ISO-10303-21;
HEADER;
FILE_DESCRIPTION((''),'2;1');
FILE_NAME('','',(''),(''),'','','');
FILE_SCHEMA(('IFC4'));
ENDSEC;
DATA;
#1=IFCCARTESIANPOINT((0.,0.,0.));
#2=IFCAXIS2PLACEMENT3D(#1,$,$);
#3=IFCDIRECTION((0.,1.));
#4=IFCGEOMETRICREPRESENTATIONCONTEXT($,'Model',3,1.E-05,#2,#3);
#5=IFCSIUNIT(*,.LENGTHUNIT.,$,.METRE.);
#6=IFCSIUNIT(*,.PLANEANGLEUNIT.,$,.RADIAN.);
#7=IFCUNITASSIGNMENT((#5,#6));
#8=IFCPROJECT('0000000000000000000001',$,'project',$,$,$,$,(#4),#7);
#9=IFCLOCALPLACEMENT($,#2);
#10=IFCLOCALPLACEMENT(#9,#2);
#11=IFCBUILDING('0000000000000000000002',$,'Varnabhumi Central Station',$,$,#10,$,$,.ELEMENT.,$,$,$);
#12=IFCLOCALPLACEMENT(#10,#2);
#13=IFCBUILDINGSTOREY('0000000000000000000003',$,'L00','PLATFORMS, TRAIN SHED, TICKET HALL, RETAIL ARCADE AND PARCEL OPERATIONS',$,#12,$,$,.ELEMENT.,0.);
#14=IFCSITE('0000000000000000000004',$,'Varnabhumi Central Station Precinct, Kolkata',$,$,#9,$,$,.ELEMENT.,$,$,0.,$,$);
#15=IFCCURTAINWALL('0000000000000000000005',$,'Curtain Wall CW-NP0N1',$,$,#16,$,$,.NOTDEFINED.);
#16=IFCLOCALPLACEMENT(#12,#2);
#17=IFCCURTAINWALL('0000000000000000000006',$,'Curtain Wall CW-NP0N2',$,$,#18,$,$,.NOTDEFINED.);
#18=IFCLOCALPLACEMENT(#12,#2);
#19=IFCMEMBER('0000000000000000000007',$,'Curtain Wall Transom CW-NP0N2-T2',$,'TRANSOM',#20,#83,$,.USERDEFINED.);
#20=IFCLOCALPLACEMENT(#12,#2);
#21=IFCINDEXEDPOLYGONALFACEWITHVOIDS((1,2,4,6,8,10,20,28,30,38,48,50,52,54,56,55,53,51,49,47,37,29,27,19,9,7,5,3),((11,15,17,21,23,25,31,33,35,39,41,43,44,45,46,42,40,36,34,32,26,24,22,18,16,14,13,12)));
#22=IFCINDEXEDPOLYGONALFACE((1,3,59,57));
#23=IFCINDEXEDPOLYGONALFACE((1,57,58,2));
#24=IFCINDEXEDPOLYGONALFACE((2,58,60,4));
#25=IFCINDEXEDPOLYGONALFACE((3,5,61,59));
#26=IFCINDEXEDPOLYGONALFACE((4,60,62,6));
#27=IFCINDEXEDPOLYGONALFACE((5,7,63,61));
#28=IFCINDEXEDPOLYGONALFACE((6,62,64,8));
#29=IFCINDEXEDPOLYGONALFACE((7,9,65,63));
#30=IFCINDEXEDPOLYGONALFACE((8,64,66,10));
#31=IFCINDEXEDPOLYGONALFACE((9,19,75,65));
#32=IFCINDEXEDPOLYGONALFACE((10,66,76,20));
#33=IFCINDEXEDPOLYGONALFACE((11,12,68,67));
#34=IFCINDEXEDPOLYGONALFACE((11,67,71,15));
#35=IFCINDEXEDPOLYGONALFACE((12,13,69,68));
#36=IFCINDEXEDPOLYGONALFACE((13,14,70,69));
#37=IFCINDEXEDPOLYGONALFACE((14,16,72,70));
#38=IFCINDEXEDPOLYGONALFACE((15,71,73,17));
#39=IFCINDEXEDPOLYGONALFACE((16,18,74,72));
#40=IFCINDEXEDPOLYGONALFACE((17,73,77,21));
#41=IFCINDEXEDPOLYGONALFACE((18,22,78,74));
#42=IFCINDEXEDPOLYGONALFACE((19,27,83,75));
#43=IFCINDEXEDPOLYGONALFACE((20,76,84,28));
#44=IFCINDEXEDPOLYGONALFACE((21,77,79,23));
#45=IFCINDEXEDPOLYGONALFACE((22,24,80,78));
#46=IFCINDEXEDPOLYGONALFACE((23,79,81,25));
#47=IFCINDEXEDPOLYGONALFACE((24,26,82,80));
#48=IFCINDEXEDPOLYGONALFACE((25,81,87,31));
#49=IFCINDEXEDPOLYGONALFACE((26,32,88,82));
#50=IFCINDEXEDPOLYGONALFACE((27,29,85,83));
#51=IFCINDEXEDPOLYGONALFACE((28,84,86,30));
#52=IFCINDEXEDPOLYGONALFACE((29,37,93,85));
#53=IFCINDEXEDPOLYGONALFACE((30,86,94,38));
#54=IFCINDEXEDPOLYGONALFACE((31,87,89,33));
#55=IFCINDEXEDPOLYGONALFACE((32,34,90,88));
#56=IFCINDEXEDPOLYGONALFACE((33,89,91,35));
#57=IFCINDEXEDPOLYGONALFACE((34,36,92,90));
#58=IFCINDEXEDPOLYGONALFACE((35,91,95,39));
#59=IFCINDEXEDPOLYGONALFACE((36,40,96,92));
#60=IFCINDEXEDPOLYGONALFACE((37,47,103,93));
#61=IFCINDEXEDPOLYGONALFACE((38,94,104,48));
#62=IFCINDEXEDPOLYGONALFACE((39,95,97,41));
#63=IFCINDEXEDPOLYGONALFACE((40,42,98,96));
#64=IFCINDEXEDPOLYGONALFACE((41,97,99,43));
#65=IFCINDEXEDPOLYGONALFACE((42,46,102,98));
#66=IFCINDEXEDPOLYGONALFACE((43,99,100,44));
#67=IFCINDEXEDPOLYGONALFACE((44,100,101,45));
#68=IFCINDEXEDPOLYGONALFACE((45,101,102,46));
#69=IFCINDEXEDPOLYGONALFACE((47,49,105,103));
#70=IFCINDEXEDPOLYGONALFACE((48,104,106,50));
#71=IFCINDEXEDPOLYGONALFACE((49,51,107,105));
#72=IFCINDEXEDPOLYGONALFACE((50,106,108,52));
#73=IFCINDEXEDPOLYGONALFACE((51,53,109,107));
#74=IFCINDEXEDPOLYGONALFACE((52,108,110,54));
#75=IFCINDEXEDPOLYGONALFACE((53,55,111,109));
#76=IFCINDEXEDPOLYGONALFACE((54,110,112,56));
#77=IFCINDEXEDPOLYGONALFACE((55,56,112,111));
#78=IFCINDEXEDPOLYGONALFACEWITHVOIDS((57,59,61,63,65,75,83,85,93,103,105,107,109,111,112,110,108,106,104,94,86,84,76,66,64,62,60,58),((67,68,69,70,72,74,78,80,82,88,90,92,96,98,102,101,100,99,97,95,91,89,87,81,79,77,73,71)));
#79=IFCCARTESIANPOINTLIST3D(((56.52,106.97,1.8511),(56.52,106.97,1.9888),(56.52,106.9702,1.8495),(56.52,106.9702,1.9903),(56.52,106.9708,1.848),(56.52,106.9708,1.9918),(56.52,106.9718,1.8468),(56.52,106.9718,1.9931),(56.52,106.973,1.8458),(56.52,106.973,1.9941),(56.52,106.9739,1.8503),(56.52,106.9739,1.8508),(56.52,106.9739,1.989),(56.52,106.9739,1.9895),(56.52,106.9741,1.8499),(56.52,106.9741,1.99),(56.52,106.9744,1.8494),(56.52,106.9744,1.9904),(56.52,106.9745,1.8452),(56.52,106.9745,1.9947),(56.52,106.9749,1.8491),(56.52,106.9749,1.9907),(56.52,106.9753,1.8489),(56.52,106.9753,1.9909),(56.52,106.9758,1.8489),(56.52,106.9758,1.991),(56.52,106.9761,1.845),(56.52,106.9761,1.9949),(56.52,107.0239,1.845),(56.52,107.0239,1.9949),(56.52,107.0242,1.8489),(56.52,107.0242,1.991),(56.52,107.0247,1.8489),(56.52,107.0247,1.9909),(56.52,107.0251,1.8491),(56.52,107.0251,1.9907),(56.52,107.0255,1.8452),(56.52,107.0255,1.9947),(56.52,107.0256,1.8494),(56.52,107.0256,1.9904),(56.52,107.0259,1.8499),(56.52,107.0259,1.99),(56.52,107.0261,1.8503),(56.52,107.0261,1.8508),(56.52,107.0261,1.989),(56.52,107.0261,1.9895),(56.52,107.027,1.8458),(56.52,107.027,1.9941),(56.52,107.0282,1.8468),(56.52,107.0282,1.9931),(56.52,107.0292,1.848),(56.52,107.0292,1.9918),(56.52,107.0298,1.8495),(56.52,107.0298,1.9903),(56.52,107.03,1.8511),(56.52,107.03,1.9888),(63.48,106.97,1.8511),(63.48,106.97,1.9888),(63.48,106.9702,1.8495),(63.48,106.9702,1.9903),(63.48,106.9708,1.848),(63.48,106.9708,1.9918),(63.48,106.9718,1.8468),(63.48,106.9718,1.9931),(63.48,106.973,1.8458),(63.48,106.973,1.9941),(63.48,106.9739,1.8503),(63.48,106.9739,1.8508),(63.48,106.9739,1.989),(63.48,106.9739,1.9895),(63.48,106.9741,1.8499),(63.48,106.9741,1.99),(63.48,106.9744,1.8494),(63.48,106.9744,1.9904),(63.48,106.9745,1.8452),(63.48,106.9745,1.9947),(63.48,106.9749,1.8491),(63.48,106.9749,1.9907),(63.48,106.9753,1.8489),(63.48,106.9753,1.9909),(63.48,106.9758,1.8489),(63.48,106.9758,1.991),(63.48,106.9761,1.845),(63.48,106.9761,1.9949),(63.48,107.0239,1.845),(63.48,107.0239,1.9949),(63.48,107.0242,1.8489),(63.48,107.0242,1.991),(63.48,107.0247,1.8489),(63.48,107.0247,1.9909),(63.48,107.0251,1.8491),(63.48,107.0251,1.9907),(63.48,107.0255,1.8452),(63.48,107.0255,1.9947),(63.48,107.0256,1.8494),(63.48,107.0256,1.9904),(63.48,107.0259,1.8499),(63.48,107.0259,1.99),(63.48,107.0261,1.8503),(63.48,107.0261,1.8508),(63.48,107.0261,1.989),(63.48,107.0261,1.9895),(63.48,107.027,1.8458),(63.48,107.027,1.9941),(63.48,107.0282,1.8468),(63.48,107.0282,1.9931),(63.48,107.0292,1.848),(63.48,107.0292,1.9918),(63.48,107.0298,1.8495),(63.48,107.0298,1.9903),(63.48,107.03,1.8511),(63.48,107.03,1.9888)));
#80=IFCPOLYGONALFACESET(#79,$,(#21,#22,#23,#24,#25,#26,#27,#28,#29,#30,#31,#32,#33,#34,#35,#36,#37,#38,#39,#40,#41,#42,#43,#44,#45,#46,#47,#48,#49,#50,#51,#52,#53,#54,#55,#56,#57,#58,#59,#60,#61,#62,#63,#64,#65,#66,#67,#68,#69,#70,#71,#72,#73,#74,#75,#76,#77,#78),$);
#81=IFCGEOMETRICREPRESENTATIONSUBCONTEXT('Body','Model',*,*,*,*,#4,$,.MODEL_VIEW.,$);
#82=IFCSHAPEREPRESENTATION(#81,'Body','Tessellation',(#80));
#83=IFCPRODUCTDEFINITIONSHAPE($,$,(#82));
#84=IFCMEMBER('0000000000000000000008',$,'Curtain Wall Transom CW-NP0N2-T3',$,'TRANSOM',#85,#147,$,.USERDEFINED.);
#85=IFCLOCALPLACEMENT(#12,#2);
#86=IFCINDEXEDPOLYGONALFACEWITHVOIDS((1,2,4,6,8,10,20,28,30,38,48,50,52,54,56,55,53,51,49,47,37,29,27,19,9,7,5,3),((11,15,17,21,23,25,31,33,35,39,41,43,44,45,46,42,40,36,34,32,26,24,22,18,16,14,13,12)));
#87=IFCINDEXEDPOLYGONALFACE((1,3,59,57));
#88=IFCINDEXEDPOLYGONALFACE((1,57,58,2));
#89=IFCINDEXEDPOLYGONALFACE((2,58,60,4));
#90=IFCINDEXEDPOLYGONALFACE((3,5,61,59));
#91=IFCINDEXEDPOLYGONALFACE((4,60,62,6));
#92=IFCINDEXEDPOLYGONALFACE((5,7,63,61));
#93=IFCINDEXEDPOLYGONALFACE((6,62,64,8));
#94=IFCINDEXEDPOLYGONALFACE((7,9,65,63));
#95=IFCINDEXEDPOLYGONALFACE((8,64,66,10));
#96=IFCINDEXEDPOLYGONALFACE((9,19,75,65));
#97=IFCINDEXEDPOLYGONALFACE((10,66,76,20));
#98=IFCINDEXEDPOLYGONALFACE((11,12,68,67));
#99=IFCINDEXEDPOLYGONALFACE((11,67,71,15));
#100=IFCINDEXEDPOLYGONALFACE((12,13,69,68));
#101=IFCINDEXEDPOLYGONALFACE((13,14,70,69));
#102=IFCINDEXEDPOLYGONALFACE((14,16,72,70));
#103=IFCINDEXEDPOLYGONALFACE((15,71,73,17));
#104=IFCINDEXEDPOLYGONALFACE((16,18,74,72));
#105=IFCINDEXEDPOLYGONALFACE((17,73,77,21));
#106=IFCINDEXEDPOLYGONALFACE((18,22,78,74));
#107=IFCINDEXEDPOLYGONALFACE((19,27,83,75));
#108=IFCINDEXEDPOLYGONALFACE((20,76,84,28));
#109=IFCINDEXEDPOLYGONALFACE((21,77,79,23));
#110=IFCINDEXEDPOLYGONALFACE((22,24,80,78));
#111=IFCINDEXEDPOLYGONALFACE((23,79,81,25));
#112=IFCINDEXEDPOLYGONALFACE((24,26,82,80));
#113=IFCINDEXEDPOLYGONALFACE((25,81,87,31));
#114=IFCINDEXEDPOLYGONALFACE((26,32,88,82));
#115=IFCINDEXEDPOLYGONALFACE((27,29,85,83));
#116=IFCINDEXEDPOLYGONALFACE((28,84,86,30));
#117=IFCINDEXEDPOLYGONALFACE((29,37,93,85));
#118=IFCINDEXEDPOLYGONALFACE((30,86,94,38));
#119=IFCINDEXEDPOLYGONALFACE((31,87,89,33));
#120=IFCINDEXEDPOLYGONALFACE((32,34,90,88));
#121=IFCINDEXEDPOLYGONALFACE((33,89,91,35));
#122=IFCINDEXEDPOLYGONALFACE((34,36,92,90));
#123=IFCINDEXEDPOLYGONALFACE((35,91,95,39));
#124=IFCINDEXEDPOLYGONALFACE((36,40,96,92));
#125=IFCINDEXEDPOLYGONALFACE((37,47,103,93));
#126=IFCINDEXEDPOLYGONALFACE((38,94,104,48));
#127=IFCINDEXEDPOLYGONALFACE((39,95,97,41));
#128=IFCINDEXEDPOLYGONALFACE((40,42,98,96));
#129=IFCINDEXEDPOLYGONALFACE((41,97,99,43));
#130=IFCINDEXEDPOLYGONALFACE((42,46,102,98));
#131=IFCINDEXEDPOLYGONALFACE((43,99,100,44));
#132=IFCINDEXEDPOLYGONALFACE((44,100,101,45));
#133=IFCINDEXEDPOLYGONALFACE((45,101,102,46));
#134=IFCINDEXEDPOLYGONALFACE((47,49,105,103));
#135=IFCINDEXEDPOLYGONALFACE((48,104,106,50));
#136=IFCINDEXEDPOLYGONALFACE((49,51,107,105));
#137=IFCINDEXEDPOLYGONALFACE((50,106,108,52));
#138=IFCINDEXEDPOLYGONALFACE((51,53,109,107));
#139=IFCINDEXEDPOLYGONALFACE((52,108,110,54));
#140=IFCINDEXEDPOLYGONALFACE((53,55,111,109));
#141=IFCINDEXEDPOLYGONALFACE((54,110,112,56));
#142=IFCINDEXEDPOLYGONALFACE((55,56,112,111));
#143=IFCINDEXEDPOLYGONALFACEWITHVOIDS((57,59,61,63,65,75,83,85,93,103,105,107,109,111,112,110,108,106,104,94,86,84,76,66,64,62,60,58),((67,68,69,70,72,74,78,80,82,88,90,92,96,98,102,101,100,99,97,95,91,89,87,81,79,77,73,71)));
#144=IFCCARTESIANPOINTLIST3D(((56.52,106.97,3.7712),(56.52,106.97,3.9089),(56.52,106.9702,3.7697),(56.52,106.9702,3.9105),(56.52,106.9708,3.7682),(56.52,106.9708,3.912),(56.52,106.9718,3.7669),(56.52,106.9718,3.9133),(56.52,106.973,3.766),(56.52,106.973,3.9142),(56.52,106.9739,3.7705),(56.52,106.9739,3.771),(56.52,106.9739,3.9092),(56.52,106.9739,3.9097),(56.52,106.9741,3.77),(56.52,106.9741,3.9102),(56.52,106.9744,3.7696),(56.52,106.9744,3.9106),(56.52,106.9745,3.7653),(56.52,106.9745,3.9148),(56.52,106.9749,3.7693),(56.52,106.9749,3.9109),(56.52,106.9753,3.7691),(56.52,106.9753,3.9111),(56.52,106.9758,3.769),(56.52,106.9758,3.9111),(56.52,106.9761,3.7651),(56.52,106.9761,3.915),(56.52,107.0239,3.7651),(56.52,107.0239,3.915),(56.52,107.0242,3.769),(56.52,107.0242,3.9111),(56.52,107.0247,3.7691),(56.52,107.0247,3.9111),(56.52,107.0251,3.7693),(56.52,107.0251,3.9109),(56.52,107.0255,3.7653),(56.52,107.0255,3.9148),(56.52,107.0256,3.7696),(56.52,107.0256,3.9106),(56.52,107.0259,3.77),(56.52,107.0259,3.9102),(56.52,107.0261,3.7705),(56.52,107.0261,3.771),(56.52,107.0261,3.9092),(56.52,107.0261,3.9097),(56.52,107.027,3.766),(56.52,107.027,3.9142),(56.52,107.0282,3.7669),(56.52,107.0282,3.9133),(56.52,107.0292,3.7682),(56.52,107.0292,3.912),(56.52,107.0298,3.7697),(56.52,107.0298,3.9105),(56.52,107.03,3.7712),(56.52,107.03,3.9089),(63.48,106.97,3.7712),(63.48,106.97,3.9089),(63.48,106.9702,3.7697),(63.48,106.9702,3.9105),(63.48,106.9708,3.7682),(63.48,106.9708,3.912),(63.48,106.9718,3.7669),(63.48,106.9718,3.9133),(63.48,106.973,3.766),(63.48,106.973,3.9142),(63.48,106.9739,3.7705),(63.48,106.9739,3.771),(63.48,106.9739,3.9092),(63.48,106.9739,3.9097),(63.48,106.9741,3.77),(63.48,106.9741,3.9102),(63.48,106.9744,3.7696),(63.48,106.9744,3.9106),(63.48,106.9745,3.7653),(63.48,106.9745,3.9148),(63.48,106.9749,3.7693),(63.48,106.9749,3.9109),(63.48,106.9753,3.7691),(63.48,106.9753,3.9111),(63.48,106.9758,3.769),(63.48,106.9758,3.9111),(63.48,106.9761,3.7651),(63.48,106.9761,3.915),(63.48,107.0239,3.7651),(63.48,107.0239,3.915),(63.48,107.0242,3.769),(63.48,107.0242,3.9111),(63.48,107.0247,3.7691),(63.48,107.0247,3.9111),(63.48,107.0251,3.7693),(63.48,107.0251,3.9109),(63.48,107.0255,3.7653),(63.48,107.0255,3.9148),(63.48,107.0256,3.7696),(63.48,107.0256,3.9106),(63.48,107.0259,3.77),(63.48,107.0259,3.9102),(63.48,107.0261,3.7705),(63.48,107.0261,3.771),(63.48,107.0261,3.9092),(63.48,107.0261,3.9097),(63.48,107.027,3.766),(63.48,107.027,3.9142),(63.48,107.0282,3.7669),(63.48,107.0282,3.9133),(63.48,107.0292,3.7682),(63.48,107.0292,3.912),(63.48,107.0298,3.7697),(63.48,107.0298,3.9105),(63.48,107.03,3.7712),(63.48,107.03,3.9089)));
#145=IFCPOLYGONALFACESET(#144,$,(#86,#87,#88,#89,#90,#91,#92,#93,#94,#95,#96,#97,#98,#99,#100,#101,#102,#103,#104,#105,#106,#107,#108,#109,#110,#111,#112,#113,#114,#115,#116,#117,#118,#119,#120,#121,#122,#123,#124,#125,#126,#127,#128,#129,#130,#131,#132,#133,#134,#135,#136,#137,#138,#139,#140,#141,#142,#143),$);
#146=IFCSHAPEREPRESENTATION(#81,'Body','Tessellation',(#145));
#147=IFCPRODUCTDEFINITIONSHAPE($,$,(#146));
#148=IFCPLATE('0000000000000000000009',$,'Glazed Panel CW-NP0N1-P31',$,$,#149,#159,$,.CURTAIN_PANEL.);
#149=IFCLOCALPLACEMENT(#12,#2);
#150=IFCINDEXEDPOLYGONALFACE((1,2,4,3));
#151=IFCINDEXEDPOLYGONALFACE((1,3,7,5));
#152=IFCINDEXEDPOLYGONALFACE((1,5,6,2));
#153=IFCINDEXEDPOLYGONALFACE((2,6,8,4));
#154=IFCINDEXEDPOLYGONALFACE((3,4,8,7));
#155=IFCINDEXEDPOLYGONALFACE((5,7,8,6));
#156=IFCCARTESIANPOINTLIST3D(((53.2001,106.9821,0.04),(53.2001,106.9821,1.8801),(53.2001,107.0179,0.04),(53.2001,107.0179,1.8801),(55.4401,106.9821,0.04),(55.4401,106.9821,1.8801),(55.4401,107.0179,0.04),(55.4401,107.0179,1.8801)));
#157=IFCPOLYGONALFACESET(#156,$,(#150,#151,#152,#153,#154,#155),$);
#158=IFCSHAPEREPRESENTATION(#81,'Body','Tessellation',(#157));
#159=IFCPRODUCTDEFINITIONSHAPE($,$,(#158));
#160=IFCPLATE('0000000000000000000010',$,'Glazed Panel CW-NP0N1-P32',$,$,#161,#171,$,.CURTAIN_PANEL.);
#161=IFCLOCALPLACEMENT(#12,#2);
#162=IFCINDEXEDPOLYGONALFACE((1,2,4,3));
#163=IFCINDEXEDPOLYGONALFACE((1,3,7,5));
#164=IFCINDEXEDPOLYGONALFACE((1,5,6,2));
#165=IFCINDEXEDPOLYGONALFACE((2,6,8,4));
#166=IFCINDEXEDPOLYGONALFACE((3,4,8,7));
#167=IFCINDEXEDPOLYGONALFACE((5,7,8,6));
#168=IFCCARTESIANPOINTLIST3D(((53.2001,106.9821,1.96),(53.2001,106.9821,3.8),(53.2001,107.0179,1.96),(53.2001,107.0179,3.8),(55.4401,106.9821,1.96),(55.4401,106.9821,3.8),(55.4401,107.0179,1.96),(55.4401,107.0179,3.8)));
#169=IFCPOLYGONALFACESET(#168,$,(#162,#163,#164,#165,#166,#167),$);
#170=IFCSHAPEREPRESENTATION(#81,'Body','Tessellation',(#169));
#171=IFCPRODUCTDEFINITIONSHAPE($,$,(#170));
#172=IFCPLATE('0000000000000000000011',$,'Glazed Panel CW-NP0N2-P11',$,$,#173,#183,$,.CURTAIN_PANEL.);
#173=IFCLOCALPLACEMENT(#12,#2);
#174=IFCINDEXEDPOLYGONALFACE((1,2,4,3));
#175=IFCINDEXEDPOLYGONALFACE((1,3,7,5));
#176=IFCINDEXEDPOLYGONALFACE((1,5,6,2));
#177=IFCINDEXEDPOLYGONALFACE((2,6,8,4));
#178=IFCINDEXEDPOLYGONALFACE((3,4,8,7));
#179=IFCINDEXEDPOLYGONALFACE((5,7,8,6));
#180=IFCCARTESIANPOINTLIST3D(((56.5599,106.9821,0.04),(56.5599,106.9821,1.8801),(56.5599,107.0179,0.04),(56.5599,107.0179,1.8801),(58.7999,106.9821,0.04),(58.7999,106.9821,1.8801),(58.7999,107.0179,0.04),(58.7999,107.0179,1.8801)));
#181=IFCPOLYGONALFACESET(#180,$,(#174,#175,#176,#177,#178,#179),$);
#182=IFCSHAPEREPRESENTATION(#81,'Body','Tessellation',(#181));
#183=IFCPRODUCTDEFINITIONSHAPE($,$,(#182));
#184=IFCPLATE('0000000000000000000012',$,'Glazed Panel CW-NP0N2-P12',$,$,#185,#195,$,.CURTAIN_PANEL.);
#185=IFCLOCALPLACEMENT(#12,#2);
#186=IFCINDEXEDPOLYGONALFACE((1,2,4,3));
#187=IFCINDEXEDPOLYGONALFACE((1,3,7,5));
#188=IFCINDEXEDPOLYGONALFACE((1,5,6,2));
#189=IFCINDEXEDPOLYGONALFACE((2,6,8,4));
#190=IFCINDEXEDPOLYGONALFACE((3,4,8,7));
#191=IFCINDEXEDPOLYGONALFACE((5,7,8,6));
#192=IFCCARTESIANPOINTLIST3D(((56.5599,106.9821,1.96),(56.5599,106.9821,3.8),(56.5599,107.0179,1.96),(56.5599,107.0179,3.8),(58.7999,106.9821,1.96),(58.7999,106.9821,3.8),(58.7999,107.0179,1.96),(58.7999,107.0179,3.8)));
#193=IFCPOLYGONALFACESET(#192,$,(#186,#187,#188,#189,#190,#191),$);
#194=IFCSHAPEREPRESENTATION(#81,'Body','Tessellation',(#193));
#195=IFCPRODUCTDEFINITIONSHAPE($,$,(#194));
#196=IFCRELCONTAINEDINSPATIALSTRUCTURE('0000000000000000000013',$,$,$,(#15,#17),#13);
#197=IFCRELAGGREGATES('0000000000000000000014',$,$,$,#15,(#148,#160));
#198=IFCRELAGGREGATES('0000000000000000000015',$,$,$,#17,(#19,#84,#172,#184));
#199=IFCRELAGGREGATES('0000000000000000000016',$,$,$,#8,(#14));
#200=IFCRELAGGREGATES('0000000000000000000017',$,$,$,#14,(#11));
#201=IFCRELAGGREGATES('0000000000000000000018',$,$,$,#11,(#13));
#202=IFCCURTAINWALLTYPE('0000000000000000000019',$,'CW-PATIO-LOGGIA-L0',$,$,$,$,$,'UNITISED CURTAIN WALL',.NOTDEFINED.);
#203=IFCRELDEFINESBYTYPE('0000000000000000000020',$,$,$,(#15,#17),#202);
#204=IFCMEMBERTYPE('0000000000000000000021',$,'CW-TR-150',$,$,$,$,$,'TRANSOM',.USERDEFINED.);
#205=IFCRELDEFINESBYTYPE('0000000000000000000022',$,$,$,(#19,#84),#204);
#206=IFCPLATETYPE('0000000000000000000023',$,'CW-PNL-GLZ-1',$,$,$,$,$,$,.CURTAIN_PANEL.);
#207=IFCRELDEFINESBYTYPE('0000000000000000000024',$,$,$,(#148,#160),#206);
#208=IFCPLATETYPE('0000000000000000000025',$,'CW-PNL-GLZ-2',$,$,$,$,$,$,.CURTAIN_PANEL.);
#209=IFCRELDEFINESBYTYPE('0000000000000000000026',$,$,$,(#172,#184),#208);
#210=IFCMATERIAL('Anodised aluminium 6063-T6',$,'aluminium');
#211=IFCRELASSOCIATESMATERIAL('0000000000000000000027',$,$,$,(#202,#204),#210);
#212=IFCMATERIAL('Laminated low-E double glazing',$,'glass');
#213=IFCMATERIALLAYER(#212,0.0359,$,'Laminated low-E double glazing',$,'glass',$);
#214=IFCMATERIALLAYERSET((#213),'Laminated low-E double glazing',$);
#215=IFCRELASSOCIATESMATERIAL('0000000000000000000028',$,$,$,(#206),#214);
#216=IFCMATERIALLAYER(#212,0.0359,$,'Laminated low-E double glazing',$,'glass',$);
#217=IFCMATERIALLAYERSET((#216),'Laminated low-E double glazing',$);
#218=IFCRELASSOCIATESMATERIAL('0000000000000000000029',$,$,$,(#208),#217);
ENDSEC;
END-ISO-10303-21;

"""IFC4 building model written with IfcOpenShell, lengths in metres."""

from ifc_helpers import new_model, si_unit, direction, frame, origin, origin_2d, place, context, subcontext, project, spatial, rectangle, hollow_rectangle, extrude, material, layer, layer_set, material_profile, profile_set, type_object, element, aggregate, save


model = new_model("IFC4")

# Units and contexts
model_context = context("Model", 3, precision=1e-05, world=origin(), true_north=direction((0.0, 1.0)))
body_context = subcontext(model_context, "Body", "Model", "MODEL_VIEW")
ifc_project = project(units=[si_unit("LENGTHUNIT", "METRE"), si_unit("PLANEANGLEUNIT", "RADIAN")], contexts=[model_context])

# Site, building, storey
site_placement = place(None, origin())
site = spatial("IfcSite", under=ifc_project, at=site_placement, Name="Varnabhumi Central Station Precinct, Kolkata", CompositionType="ELEMENT", RefElevation=0.0)
building_placement = place(site_placement, origin())
building = spatial("IfcBuilding", under=site, at=building_placement, Name="Varnabhumi Central Station", CompositionType="ELEMENT")
storey_placement = place(building_placement, origin())
storey = spatial("IfcBuildingStorey", under=building, at=storey_placement, Name="L00", Description="PLATFORMS, TRAIN SHED, TICKET HALL, RETAIL ARCADE AND PARCEL OPERATIONS", CompositionType="ELEMENT", Elevation=0.0)

# Curtain walls, members
ifc_material_1 = material(Name="Anodised aluminium 6063-T6", Category="aluminium")
curtain_wall_type = type_object("IfcCurtainWallType", Name="CW-PATIO-LOGGIA-L0", ElementType="UNITISED CURTAIN WALL", PredefinedType="NOTDEFINED", material=ifc_material_1)
curtain_wall_1_placement = place(storey_placement, origin())
curtain_wall_1 = element("IfcCurtainWall", 1, at=curtain_wall_1_placement, inside=storey, type_object=curtain_wall_type, Name="Curtain Wall CW-NP0N1", PredefinedType="NOTDEFINED")
curtain_wall_2_placement = place(storey_placement, origin())
curtain_wall_2 = element("IfcCurtainWall", 2, at=curtain_wall_2_placement, inside=storey, type_object=curtain_wall_type, Name="Curtain Wall CW-NP0N2", PredefinedType="NOTDEFINED")
ifc_material_profile_1 = material_profile(ifc_material_1, hollow_rectangle(XDim=0.0601, YDim=0.1499, WallThickness=0.0039, InnerFilletRadius=0.002, OuterFilletRadius=0.0061, at=origin_2d()), Name="Anodised aluminium 6063-T6", Category="aluminium")
ifc_profile_set_1 = profile_set([ifc_material_profile_1], Name="Anodised aluminium 6063-T6")
member_type_1 = type_object("IfcMemberType", Name="CW-TR-150", ElementType="TRANSOM", PredefinedType="USERDEFINED", material=ifc_profile_set_1)
member_1_placement = place(storey_placement, frame((56.52, 107.0, 1.9199), z_axis=(1.0, 0.0, 0.0), x_axis=(0.0, 1.0, 0.0)))
member_1 = element("IfcMember", 3, at=member_1_placement, type_object=member_type_1, Name="Curtain Wall Transom CW-NP0N2-T2", ObjectType="TRANSOM", PredefinedType="USERDEFINED", context=body_context, shape_type="SweptSolid", body=[
    extrude(hollow_rectangle(XDim=0.0601, YDim=0.1499, WallThickness=0.0039, InnerFilletRadius=0.002, OuterFilletRadius=0.0061, at=origin_2d()), origin(), (0.0, 0.0, 1.0), 6.96),
])
member_2_placement = place(storey_placement, frame((56.52, 107.0, 3.8401), z_axis=(1.0, 0.0, 0.0), x_axis=(0.0, 1.0, 0.0)))
member_2 = element("IfcMember", 4, at=member_2_placement, type_object=member_type_1, Name="Curtain Wall Transom CW-NP0N2-T3", ObjectType="TRANSOM", PredefinedType="USERDEFINED", context=body_context, shape_type="SweptSolid", body=[
    extrude(hollow_rectangle(XDim=0.0601, YDim=0.1499, WallThickness=0.0039, InnerFilletRadius=0.002, OuterFilletRadius=0.0061, at=origin_2d()), origin(), (0.0, 0.0, 1.0), 6.96),
])

# Plates
ifc_material_2 = material(Name="Laminated low-E double glazing", Category="glass")
ifc_layer_1 = layer(ifc_material_2, 0.0359, Name="Laminated low-E double glazing", Category="glass")
ifc_layer_set_1 = layer_set([ifc_layer_1], Name="Laminated low-E double glazing")
plate_type_1 = type_object("IfcPlateType", Name="CW-PNL-GLZ-1", PredefinedType="CURTAIN_PANEL", material=ifc_layer_set_1)
plate_1_placement = place(storey_placement, frame((54.3201, 107.0, 0.04), z_axis=(0.0, 0.0, 1.0), x_axis=(1.0, 0.0, 0.0)))
plate_1 = element("IfcPlate", 5, at=plate_1_placement, type_object=plate_type_1, Name="Glazed Panel CW-NP0N1-P31", PredefinedType="CURTAIN_PANEL", context=body_context, shape_type="SweptSolid", body=[
    extrude(rectangle(XDim=2.24, YDim=0.0359, at=origin_2d()), origin(), (0.0, 0.0, 1.0), 1.8401),
])
plate_2_placement = place(storey_placement, frame((54.3201, 107.0, 1.96), z_axis=(0.0, 0.0, 1.0), x_axis=(1.0, 0.0, 0.0)))
plate_2 = element("IfcPlate", 6, at=plate_2_placement, type_object=plate_type_1, Name="Glazed Panel CW-NP0N1-P32", PredefinedType="CURTAIN_PANEL", context=body_context, shape_type="SweptSolid", body=[
    extrude(rectangle(XDim=2.24, YDim=0.0359, at=origin_2d()), origin(), (0.0, 0.0, 1.0), 1.8401),
])
aggregate(curtain_wall_1, [plate_1, plate_2])
ifc_layer_2 = layer(ifc_material_2, 0.0359, Name="Laminated low-E double glazing", Category="glass")
ifc_layer_set_2 = layer_set([ifc_layer_2], Name="Laminated low-E double glazing")
plate_type_2 = type_object("IfcPlateType", Name="CW-PNL-GLZ-2", PredefinedType="CURTAIN_PANEL", material=ifc_layer_set_2)
plate_3_placement = place(storey_placement, frame((57.6799, 107.0, 0.04), z_axis=(0.0, 0.0, 1.0), x_axis=(1.0, 0.0, 0.0)))
plate_3 = element("IfcPlate", 7, at=plate_3_placement, type_object=plate_type_2, Name="Glazed Panel CW-NP0N2-P11", PredefinedType="CURTAIN_PANEL", context=body_context, shape_type="SweptSolid", body=[
    extrude(rectangle(XDim=2.24, YDim=0.0359, at=origin_2d()), origin(), (0.0, 0.0, 1.0), 1.8401),
])
plate_4_placement = place(storey_placement, frame((57.6799, 107.0, 1.96), z_axis=(0.0, 0.0, 1.0), x_axis=(1.0, 0.0, 0.0)))
plate_4 = element("IfcPlate", 8, at=plate_4_placement, type_object=plate_type_2, Name="Glazed Panel CW-NP0N2-P12", PredefinedType="CURTAIN_PANEL", context=body_context, shape_type="SweptSolid", body=[
    extrude(rectangle(XDim=2.24, YDim=0.0359, at=origin_2d()), origin(), (0.0, 0.0, 1.0), 1.8401),
])
aggregate(curtain_wall_2, [member_1, member_2, plate_3, plate_4])

save(model, "model.ifc")
